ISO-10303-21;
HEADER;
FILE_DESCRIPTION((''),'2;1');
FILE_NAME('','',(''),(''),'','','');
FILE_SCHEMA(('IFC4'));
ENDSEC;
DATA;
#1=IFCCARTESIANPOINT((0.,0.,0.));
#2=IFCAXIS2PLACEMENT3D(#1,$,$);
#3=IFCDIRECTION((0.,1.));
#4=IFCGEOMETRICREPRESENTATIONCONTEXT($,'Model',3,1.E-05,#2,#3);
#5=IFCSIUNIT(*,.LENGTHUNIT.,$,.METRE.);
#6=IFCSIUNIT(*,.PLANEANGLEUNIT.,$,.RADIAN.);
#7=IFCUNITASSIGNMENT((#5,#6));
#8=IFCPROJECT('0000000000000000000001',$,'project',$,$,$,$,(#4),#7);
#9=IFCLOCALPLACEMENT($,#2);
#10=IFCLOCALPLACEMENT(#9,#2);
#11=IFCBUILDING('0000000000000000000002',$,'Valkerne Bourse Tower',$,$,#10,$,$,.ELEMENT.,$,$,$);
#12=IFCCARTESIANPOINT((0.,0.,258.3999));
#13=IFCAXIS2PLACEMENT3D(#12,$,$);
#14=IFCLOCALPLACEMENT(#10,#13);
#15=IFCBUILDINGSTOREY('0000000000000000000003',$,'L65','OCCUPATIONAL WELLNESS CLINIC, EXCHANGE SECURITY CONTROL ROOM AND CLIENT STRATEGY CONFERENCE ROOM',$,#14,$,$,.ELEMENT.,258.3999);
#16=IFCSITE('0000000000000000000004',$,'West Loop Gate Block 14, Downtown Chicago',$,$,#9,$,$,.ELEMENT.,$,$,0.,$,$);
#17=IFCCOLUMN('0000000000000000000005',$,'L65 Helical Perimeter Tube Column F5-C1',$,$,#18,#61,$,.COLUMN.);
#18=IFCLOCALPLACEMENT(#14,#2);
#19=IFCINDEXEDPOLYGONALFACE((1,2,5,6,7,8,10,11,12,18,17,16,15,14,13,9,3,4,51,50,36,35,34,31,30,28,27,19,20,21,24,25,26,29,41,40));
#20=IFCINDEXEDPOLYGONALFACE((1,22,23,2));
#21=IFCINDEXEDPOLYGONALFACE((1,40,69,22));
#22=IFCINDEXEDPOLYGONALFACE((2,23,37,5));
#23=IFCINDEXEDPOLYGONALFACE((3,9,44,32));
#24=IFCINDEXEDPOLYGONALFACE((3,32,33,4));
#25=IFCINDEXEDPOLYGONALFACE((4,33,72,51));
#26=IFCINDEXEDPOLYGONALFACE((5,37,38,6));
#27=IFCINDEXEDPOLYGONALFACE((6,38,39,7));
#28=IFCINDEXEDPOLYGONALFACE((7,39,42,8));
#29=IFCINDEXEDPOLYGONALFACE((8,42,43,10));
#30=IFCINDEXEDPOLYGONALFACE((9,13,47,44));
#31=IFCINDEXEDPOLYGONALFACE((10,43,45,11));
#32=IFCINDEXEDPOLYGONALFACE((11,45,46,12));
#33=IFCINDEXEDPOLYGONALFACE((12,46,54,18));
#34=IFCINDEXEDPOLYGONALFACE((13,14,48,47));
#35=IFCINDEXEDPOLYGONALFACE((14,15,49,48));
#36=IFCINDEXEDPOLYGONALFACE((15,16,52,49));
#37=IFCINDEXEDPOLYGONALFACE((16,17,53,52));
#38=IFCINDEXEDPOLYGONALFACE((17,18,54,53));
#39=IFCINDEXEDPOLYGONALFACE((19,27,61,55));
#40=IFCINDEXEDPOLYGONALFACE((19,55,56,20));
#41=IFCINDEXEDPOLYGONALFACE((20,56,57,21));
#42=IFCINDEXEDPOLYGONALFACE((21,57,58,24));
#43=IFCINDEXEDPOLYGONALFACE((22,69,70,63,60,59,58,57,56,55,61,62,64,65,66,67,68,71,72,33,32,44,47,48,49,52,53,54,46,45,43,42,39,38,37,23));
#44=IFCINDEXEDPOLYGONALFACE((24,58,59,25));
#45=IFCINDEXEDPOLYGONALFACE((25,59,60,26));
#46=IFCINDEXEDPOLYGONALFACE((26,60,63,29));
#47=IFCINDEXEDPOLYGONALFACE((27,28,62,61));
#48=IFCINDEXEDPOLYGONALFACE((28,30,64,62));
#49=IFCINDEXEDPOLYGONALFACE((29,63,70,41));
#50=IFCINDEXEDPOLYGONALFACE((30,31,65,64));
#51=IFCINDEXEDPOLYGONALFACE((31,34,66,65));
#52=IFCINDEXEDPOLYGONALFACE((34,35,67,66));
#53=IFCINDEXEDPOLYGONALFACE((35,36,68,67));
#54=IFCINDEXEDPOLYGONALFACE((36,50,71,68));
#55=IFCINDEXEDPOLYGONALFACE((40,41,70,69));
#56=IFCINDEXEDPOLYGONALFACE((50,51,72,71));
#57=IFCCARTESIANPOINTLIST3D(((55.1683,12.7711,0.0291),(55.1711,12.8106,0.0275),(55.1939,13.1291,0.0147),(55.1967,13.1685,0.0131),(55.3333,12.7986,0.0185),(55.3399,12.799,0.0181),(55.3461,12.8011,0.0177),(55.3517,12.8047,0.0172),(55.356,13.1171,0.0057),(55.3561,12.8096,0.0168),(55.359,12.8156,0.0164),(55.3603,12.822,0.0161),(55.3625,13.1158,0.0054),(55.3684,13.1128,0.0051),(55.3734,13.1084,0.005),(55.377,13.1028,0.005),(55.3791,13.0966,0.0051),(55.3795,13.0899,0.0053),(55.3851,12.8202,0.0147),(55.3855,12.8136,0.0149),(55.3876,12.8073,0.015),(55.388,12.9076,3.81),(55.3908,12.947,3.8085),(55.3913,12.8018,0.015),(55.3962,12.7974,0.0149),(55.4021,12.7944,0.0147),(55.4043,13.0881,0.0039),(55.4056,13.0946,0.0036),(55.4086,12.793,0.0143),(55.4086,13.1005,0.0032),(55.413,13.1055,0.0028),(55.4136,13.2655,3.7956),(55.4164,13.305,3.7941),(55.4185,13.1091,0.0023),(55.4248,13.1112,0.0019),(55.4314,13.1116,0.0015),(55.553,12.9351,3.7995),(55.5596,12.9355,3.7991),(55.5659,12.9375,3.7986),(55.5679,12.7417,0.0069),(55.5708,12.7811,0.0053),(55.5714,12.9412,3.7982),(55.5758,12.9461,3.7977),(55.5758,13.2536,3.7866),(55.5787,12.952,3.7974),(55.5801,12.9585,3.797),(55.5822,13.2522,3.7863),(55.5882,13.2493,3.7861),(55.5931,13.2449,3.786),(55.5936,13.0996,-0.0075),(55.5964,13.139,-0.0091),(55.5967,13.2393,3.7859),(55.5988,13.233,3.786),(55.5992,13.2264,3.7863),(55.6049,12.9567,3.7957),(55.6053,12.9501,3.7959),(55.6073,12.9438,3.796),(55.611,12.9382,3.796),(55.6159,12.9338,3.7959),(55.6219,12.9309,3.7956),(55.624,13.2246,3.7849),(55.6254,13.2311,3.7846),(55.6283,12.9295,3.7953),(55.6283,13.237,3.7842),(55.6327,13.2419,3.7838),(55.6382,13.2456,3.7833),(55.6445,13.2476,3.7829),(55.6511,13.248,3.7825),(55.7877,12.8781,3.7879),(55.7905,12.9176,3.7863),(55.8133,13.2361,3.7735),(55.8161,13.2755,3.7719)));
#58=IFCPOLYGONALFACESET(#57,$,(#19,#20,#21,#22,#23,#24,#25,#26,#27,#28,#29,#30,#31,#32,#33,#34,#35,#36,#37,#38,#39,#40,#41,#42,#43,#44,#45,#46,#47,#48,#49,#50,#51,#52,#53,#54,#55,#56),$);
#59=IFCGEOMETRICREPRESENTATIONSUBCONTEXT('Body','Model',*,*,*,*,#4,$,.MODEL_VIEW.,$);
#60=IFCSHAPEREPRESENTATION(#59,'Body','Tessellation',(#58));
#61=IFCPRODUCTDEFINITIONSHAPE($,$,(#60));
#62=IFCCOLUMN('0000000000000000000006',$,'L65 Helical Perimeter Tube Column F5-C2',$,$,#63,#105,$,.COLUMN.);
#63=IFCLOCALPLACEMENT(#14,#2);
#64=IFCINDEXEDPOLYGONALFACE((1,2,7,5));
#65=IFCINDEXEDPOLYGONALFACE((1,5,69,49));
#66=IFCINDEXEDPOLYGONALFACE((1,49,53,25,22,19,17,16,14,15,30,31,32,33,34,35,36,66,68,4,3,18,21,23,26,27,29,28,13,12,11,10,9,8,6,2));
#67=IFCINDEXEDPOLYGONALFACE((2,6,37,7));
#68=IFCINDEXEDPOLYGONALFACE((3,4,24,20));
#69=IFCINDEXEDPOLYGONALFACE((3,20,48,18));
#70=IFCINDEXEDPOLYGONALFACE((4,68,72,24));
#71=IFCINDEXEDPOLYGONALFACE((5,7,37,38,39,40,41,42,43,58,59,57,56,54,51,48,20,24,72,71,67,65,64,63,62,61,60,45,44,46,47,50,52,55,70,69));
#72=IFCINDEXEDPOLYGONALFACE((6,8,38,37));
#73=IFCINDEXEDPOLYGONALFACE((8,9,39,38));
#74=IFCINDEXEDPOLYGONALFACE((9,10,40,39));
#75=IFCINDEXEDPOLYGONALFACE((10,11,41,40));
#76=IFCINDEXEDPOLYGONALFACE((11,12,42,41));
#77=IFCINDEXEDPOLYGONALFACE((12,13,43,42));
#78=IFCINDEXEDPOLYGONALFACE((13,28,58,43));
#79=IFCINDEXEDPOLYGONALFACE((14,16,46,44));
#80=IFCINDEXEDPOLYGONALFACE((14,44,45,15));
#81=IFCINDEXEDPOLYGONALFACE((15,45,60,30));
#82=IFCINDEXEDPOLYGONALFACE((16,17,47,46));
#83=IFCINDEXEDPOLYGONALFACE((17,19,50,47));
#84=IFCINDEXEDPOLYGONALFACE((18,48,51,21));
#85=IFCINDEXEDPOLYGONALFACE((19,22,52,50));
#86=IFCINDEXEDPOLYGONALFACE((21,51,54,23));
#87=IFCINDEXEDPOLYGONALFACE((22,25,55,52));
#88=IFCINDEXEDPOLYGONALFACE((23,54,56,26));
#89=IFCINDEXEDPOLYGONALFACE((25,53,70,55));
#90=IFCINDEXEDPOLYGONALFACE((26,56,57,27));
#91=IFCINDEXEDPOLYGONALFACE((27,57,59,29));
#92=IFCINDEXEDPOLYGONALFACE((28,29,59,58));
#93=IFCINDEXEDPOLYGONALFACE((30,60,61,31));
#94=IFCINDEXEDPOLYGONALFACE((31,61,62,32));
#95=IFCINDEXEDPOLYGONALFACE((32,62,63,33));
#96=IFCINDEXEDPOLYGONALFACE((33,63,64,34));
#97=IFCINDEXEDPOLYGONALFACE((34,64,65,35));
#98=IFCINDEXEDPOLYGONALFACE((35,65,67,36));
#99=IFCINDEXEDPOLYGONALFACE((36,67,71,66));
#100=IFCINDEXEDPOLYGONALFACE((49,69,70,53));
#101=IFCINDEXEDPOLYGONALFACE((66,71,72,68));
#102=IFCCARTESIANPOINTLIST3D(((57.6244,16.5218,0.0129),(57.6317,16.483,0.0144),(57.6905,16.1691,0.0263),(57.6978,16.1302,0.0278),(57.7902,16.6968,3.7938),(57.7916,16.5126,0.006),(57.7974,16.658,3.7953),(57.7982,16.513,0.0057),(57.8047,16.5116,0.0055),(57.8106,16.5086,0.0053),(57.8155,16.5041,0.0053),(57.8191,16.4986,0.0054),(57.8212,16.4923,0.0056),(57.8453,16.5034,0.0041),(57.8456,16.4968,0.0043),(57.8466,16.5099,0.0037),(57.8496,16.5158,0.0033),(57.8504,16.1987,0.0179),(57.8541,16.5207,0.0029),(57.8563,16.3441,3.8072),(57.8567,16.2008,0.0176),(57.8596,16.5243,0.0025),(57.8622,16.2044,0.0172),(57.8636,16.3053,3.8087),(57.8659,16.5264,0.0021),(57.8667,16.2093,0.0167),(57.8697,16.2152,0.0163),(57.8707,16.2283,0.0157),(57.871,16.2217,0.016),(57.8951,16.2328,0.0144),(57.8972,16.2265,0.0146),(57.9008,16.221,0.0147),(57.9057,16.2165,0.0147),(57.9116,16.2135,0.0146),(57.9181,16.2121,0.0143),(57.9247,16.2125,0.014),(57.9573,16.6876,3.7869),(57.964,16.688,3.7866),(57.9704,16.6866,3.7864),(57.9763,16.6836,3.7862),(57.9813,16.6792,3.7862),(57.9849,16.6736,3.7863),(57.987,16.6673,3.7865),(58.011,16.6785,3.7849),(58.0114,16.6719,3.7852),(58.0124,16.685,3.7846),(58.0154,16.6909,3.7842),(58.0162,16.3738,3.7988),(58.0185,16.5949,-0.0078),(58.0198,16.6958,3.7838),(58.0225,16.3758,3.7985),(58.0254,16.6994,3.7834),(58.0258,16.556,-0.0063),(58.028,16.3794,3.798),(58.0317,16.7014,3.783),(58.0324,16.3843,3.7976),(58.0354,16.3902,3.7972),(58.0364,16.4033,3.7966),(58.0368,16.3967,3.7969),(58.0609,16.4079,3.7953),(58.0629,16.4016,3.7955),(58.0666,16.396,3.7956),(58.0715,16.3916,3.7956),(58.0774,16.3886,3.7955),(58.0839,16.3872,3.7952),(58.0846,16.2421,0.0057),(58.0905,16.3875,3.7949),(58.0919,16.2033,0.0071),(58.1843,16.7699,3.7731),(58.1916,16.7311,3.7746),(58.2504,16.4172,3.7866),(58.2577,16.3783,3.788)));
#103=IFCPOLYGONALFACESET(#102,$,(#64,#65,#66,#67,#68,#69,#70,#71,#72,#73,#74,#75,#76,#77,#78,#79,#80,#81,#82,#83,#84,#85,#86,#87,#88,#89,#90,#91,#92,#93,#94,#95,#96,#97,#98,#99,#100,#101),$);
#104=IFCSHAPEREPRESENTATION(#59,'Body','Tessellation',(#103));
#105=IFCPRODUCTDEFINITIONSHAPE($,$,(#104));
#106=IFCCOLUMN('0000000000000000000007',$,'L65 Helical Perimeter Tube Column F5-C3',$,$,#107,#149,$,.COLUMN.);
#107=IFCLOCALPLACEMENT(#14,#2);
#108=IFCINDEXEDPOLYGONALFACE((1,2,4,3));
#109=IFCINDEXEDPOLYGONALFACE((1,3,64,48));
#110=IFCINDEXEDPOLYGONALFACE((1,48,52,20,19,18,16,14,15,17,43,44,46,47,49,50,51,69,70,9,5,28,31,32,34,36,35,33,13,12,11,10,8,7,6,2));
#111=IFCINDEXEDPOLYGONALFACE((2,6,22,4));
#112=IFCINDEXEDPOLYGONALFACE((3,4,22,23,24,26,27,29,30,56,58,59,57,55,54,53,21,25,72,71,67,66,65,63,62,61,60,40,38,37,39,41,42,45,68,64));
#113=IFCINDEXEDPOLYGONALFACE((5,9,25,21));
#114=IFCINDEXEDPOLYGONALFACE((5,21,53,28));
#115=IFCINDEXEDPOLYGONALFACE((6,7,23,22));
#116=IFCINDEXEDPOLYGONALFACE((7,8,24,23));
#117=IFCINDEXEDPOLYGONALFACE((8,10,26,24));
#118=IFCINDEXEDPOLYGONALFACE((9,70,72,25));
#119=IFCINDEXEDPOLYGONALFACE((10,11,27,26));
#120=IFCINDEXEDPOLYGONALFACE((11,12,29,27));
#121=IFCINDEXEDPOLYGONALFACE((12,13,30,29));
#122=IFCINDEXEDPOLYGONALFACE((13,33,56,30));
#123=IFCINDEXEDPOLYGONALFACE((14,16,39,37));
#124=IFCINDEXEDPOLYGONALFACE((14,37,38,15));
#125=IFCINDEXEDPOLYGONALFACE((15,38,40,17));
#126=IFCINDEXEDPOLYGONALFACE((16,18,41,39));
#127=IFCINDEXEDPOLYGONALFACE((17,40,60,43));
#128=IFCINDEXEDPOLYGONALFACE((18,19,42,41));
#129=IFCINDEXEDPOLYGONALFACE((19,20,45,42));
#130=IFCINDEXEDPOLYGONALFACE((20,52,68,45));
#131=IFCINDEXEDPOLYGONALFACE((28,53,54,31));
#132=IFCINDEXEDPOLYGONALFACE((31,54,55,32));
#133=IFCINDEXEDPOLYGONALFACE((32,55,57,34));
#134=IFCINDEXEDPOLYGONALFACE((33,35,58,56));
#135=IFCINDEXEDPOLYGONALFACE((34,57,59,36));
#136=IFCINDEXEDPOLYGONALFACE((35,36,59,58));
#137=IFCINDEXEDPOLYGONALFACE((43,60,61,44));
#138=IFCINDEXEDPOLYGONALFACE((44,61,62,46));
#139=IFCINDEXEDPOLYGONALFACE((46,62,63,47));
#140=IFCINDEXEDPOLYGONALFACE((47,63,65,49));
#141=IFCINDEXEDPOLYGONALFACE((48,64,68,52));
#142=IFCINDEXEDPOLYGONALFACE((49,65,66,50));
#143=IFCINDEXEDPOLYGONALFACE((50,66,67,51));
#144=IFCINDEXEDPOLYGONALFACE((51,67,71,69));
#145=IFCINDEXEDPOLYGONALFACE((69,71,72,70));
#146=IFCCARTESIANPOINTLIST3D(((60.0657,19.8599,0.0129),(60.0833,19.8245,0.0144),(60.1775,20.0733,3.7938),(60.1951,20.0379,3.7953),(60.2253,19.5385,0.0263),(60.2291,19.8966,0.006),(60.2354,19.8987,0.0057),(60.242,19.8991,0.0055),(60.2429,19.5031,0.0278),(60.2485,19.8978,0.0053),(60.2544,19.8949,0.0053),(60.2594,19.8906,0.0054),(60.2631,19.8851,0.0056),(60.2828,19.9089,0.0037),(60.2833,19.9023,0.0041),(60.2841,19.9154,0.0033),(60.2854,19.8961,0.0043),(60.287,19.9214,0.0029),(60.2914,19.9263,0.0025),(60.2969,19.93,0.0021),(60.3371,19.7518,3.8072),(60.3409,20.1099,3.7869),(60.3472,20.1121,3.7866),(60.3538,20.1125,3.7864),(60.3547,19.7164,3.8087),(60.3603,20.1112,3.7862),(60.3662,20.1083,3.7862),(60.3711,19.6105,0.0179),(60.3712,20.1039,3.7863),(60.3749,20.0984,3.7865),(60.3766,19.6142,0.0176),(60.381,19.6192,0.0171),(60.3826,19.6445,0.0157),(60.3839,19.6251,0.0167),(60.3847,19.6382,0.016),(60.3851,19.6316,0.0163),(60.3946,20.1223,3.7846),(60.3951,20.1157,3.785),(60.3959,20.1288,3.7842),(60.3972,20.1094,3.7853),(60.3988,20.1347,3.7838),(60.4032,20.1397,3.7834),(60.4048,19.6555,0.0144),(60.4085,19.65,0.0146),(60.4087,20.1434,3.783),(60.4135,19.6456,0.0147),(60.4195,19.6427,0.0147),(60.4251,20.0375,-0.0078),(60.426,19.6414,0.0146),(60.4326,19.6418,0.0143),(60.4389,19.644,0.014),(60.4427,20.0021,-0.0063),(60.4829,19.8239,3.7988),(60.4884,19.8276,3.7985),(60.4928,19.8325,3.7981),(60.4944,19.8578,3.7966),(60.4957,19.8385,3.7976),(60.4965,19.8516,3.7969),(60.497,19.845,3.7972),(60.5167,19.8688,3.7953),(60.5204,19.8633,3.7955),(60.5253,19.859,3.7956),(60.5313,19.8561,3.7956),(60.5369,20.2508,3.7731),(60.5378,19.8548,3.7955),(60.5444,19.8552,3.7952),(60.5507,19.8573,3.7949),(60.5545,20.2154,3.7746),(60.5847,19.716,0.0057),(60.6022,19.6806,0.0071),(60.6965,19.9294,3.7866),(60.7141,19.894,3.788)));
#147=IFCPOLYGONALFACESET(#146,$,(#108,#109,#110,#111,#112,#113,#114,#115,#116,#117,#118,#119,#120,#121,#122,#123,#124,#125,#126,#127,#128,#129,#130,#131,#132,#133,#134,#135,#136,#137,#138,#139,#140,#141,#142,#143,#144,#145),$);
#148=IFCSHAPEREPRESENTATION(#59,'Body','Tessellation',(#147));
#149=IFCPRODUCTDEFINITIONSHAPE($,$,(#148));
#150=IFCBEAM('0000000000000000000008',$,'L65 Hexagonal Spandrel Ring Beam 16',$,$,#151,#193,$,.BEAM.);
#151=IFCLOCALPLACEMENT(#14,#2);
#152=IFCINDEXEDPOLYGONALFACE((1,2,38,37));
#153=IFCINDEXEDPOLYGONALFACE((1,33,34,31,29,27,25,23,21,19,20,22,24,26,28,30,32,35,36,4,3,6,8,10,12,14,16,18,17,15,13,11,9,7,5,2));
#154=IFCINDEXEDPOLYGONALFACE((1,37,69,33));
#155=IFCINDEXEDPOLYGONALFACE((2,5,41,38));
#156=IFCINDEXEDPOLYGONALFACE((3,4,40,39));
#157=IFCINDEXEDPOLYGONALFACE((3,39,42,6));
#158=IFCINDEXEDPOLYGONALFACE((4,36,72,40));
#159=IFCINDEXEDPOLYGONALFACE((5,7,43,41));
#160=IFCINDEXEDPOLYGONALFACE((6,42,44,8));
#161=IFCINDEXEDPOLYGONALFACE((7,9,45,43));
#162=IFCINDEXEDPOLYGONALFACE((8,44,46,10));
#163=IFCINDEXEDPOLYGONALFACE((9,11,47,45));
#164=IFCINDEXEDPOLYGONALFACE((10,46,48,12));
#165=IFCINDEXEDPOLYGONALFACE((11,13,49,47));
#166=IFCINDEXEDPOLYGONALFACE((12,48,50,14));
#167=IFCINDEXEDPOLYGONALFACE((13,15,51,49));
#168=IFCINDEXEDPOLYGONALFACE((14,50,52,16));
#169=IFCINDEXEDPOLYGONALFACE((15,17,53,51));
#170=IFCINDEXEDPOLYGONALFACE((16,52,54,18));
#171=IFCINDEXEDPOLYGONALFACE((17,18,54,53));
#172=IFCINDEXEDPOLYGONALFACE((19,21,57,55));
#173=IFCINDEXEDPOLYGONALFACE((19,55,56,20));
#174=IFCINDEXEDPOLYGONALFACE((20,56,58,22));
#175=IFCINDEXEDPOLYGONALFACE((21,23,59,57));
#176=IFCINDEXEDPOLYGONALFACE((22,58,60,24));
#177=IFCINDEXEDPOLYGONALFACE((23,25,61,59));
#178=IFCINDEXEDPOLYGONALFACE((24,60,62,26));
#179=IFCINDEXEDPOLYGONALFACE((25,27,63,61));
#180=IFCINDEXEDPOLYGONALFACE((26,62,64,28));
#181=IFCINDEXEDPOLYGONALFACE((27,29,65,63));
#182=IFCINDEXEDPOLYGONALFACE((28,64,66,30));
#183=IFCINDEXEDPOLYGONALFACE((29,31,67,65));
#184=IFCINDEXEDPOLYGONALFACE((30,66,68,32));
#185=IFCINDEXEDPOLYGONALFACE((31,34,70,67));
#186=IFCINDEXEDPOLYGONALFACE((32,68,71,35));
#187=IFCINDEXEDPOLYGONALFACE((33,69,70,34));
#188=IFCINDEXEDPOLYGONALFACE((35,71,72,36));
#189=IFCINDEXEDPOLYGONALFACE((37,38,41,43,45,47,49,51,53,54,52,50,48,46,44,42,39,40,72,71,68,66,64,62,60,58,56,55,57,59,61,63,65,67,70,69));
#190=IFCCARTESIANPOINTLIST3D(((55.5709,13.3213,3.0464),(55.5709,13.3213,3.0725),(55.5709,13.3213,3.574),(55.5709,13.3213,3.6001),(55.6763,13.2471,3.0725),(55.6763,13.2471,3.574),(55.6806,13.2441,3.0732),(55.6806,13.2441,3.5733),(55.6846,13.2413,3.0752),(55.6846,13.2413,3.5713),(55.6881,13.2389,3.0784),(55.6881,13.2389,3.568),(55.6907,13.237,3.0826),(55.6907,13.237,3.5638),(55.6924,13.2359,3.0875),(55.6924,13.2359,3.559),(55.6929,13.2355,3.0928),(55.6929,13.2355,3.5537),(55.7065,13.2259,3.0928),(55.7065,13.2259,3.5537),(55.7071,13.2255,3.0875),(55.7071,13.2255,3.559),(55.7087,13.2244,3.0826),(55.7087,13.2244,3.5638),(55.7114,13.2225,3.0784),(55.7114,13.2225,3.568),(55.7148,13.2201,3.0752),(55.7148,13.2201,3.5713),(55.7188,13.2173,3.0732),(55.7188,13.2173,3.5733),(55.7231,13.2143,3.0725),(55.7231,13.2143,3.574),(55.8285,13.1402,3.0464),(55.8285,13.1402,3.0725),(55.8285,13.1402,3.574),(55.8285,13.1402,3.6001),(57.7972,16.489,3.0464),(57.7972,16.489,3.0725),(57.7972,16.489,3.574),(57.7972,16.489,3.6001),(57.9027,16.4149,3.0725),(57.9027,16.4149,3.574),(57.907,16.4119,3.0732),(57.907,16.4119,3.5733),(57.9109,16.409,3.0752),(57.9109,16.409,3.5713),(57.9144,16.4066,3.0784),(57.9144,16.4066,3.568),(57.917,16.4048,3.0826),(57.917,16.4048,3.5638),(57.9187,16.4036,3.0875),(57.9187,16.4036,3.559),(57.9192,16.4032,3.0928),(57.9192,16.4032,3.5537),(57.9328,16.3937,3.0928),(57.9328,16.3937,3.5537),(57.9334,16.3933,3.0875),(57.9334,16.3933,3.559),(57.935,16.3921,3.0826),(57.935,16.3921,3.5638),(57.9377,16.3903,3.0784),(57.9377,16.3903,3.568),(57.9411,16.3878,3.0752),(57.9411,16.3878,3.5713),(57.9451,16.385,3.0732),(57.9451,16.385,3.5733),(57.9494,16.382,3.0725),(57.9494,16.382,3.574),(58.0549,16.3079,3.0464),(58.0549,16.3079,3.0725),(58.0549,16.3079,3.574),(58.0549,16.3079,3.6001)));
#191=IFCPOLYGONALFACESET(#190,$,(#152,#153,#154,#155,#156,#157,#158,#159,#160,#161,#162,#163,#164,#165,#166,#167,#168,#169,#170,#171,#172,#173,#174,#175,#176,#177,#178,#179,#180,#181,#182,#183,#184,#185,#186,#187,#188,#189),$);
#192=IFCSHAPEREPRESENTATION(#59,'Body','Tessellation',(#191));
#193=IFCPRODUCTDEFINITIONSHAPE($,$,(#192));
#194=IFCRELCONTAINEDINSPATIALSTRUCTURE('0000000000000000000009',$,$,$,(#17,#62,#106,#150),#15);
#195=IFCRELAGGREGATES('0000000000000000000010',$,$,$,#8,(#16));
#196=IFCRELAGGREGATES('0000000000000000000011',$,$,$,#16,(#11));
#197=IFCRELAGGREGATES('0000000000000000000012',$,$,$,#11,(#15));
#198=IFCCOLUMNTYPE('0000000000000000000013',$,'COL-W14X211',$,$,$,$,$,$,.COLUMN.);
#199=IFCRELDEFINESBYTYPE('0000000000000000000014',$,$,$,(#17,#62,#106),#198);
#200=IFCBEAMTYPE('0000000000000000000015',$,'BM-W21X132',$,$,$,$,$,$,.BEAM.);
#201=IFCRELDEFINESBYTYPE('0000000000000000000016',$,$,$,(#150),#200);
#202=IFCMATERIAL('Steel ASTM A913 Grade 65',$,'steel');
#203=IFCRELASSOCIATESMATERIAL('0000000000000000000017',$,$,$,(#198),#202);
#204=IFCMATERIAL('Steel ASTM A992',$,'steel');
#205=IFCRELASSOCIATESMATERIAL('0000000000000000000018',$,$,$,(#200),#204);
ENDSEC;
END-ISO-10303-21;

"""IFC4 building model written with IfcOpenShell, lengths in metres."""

from ifc_helpers import new_model, si_unit, direction, frame, origin, origin_2d, place, context, subcontext, project, spatial, i_section, extrude, material, material_profile, profile_set, type_object, element, save


model = new_model("IFC4")

# Units and contexts
model_context = context("Model", 3, precision=1e-05, world=origin(), true_north=direction((0.0, 1.0)))
body_context = subcontext(model_context, "Body", "Model", "MODEL_VIEW")
ifc_project = project(units=[si_unit("LENGTHUNIT", "METRE"), si_unit("PLANEANGLEUNIT", "RADIAN")], contexts=[model_context])

# Site, building, storey
site_placement = place(None, origin())
site = spatial("IfcSite", under=ifc_project, at=site_placement, Name="West Loop Gate Block 14, Downtown Chicago", CompositionType="ELEMENT", RefElevation=0.0)
building_placement = place(site_placement, origin())
building = spatial("IfcBuilding", under=site, at=building_placement, Name="Valkerne Bourse Tower", CompositionType="ELEMENT")
storey_placement = place(building_placement, frame((0.0, 0.0, 258.3999)))
storey = spatial("IfcBuildingStorey", under=building, at=storey_placement, Name="L65", Description="OCCUPATIONAL WELLNESS CLINIC, EXCHANGE SECURITY CONTROL ROOM AND CLIENT STRATEGY CONFERENCE ROOM", CompositionType="ELEMENT", Elevation=258.3999)

# Columns
ifc_material_1 = material(Name="Steel ASTM A913 Grade 65", Category="steel")
ifc_material_profile_1 = material_profile(ifc_material_1, i_section(OverallWidth=0.4014, OverallDepth=0.3987, WebThickness=0.0249, FlangeThickness=0.0396, FilletRadius=0.0254, at=origin_2d()), Name="W14X211")
ifc_profile_set_1 = profile_set([ifc_material_profile_1], Name="Steel ASTM A913 Grade 65")
column_type = type_object("IfcColumnType", Name="COL-W14X211", PredefinedType="COLUMN", material=ifc_profile_set_1)
column_placement = place(storey_placement, frame((55.3823, 12.9551, 0.01), z_axis=(0.057978, 0.036011, 0.997668), x_axis=(-0.995769, 0.073452, 0.055216)))
element("IfcColumn", 1, at=column_placement, inside=storey, type_object=column_type, Name="L65 Helical Perimeter Tube Column F5-C1", PredefinedType="COLUMN", context=body_context, shape_type="SweptSolid", body=[
    extrude(i_section(OverallWidth=0.4014, OverallDepth=0.3987, WebThickness=0.0249, FlangeThickness=0.0396, FilletRadius=0.0254, at=origin_2d()), origin(), (0.0, 0.0, 1.0), 3.7898),
])
for number, where, z_axis, x_axis, name in (
    (2, (57.8582, 16.3625, 0.01), (0.043754, 0.046203, 0.997973), (-0.981939, -0.182062, 0.05148), "L65 Helical Perimeter Tube Column F5-C2"),
    (3, (60.334, 19.7703, 0.01), (0.029513, 0.05632, 0.997976), (-0.895384, -0.442313, 0.051441), "L65 Helical Perimeter Tube Column F5-C3"),
):
    element("IfcColumn", number, at=place(storey_placement, frame(where, z_axis=z_axis, x_axis=x_axis)), inside=storey, type_object=column_type, Name=name, PredefinedType="COLUMN", context=body_context, shape_type="SweptSolid", body=[
        extrude(i_section(OverallWidth=0.4014, OverallDepth=0.3987, WebThickness=0.0249, FlangeThickness=0.0396, FilletRadius=0.0254, at=origin_2d()), origin(), (0.0, 0.0, 1.0), 3.7886),
    ])

# Beam
ifc_material_2 = material(Name="Steel ASTM A992", Category="steel")
ifc_material_profile_2 = material_profile(ifc_material_2, i_section(OverallWidth=0.3149, OverallDepth=0.5537, WebThickness=0.0166, FlangeThickness=0.0261, FilletRadius=0.0203, at=origin_2d()), Name="W21X132")
ifc_profile_set_2 = profile_set([ifc_material_profile_2], Name="Steel ASTM A992")
beam_type = type_object("IfcBeamType", Name="BM-W21X132", PredefinedType="BEAM", material=ifc_profile_set_2)
beam_1_placement = place(storey_placement, frame((55.6997, 13.2307, 3.3232), z_axis=(0.575006, 0.818149, 0.0), x_axis=(-0.818149, 0.575006, 0.0)))
element("IfcBeam", 4, at=beam_1_placement, inside=storey, type_object=beam_type, Name="L65 Hexagonal Spandrel Ring Beam 16", PredefinedType="BEAM", context=body_context, shape_type="SweptSolid", body=[
    extrude(i_section(OverallWidth=0.3149, OverallDepth=0.5537, WebThickness=0.0166, FlangeThickness=0.0261, FilletRadius=0.0203, at=origin_2d()), origin(), (0.0, 0.0, 1.0), 3.8718),
])

save(model, "model.ifc")
